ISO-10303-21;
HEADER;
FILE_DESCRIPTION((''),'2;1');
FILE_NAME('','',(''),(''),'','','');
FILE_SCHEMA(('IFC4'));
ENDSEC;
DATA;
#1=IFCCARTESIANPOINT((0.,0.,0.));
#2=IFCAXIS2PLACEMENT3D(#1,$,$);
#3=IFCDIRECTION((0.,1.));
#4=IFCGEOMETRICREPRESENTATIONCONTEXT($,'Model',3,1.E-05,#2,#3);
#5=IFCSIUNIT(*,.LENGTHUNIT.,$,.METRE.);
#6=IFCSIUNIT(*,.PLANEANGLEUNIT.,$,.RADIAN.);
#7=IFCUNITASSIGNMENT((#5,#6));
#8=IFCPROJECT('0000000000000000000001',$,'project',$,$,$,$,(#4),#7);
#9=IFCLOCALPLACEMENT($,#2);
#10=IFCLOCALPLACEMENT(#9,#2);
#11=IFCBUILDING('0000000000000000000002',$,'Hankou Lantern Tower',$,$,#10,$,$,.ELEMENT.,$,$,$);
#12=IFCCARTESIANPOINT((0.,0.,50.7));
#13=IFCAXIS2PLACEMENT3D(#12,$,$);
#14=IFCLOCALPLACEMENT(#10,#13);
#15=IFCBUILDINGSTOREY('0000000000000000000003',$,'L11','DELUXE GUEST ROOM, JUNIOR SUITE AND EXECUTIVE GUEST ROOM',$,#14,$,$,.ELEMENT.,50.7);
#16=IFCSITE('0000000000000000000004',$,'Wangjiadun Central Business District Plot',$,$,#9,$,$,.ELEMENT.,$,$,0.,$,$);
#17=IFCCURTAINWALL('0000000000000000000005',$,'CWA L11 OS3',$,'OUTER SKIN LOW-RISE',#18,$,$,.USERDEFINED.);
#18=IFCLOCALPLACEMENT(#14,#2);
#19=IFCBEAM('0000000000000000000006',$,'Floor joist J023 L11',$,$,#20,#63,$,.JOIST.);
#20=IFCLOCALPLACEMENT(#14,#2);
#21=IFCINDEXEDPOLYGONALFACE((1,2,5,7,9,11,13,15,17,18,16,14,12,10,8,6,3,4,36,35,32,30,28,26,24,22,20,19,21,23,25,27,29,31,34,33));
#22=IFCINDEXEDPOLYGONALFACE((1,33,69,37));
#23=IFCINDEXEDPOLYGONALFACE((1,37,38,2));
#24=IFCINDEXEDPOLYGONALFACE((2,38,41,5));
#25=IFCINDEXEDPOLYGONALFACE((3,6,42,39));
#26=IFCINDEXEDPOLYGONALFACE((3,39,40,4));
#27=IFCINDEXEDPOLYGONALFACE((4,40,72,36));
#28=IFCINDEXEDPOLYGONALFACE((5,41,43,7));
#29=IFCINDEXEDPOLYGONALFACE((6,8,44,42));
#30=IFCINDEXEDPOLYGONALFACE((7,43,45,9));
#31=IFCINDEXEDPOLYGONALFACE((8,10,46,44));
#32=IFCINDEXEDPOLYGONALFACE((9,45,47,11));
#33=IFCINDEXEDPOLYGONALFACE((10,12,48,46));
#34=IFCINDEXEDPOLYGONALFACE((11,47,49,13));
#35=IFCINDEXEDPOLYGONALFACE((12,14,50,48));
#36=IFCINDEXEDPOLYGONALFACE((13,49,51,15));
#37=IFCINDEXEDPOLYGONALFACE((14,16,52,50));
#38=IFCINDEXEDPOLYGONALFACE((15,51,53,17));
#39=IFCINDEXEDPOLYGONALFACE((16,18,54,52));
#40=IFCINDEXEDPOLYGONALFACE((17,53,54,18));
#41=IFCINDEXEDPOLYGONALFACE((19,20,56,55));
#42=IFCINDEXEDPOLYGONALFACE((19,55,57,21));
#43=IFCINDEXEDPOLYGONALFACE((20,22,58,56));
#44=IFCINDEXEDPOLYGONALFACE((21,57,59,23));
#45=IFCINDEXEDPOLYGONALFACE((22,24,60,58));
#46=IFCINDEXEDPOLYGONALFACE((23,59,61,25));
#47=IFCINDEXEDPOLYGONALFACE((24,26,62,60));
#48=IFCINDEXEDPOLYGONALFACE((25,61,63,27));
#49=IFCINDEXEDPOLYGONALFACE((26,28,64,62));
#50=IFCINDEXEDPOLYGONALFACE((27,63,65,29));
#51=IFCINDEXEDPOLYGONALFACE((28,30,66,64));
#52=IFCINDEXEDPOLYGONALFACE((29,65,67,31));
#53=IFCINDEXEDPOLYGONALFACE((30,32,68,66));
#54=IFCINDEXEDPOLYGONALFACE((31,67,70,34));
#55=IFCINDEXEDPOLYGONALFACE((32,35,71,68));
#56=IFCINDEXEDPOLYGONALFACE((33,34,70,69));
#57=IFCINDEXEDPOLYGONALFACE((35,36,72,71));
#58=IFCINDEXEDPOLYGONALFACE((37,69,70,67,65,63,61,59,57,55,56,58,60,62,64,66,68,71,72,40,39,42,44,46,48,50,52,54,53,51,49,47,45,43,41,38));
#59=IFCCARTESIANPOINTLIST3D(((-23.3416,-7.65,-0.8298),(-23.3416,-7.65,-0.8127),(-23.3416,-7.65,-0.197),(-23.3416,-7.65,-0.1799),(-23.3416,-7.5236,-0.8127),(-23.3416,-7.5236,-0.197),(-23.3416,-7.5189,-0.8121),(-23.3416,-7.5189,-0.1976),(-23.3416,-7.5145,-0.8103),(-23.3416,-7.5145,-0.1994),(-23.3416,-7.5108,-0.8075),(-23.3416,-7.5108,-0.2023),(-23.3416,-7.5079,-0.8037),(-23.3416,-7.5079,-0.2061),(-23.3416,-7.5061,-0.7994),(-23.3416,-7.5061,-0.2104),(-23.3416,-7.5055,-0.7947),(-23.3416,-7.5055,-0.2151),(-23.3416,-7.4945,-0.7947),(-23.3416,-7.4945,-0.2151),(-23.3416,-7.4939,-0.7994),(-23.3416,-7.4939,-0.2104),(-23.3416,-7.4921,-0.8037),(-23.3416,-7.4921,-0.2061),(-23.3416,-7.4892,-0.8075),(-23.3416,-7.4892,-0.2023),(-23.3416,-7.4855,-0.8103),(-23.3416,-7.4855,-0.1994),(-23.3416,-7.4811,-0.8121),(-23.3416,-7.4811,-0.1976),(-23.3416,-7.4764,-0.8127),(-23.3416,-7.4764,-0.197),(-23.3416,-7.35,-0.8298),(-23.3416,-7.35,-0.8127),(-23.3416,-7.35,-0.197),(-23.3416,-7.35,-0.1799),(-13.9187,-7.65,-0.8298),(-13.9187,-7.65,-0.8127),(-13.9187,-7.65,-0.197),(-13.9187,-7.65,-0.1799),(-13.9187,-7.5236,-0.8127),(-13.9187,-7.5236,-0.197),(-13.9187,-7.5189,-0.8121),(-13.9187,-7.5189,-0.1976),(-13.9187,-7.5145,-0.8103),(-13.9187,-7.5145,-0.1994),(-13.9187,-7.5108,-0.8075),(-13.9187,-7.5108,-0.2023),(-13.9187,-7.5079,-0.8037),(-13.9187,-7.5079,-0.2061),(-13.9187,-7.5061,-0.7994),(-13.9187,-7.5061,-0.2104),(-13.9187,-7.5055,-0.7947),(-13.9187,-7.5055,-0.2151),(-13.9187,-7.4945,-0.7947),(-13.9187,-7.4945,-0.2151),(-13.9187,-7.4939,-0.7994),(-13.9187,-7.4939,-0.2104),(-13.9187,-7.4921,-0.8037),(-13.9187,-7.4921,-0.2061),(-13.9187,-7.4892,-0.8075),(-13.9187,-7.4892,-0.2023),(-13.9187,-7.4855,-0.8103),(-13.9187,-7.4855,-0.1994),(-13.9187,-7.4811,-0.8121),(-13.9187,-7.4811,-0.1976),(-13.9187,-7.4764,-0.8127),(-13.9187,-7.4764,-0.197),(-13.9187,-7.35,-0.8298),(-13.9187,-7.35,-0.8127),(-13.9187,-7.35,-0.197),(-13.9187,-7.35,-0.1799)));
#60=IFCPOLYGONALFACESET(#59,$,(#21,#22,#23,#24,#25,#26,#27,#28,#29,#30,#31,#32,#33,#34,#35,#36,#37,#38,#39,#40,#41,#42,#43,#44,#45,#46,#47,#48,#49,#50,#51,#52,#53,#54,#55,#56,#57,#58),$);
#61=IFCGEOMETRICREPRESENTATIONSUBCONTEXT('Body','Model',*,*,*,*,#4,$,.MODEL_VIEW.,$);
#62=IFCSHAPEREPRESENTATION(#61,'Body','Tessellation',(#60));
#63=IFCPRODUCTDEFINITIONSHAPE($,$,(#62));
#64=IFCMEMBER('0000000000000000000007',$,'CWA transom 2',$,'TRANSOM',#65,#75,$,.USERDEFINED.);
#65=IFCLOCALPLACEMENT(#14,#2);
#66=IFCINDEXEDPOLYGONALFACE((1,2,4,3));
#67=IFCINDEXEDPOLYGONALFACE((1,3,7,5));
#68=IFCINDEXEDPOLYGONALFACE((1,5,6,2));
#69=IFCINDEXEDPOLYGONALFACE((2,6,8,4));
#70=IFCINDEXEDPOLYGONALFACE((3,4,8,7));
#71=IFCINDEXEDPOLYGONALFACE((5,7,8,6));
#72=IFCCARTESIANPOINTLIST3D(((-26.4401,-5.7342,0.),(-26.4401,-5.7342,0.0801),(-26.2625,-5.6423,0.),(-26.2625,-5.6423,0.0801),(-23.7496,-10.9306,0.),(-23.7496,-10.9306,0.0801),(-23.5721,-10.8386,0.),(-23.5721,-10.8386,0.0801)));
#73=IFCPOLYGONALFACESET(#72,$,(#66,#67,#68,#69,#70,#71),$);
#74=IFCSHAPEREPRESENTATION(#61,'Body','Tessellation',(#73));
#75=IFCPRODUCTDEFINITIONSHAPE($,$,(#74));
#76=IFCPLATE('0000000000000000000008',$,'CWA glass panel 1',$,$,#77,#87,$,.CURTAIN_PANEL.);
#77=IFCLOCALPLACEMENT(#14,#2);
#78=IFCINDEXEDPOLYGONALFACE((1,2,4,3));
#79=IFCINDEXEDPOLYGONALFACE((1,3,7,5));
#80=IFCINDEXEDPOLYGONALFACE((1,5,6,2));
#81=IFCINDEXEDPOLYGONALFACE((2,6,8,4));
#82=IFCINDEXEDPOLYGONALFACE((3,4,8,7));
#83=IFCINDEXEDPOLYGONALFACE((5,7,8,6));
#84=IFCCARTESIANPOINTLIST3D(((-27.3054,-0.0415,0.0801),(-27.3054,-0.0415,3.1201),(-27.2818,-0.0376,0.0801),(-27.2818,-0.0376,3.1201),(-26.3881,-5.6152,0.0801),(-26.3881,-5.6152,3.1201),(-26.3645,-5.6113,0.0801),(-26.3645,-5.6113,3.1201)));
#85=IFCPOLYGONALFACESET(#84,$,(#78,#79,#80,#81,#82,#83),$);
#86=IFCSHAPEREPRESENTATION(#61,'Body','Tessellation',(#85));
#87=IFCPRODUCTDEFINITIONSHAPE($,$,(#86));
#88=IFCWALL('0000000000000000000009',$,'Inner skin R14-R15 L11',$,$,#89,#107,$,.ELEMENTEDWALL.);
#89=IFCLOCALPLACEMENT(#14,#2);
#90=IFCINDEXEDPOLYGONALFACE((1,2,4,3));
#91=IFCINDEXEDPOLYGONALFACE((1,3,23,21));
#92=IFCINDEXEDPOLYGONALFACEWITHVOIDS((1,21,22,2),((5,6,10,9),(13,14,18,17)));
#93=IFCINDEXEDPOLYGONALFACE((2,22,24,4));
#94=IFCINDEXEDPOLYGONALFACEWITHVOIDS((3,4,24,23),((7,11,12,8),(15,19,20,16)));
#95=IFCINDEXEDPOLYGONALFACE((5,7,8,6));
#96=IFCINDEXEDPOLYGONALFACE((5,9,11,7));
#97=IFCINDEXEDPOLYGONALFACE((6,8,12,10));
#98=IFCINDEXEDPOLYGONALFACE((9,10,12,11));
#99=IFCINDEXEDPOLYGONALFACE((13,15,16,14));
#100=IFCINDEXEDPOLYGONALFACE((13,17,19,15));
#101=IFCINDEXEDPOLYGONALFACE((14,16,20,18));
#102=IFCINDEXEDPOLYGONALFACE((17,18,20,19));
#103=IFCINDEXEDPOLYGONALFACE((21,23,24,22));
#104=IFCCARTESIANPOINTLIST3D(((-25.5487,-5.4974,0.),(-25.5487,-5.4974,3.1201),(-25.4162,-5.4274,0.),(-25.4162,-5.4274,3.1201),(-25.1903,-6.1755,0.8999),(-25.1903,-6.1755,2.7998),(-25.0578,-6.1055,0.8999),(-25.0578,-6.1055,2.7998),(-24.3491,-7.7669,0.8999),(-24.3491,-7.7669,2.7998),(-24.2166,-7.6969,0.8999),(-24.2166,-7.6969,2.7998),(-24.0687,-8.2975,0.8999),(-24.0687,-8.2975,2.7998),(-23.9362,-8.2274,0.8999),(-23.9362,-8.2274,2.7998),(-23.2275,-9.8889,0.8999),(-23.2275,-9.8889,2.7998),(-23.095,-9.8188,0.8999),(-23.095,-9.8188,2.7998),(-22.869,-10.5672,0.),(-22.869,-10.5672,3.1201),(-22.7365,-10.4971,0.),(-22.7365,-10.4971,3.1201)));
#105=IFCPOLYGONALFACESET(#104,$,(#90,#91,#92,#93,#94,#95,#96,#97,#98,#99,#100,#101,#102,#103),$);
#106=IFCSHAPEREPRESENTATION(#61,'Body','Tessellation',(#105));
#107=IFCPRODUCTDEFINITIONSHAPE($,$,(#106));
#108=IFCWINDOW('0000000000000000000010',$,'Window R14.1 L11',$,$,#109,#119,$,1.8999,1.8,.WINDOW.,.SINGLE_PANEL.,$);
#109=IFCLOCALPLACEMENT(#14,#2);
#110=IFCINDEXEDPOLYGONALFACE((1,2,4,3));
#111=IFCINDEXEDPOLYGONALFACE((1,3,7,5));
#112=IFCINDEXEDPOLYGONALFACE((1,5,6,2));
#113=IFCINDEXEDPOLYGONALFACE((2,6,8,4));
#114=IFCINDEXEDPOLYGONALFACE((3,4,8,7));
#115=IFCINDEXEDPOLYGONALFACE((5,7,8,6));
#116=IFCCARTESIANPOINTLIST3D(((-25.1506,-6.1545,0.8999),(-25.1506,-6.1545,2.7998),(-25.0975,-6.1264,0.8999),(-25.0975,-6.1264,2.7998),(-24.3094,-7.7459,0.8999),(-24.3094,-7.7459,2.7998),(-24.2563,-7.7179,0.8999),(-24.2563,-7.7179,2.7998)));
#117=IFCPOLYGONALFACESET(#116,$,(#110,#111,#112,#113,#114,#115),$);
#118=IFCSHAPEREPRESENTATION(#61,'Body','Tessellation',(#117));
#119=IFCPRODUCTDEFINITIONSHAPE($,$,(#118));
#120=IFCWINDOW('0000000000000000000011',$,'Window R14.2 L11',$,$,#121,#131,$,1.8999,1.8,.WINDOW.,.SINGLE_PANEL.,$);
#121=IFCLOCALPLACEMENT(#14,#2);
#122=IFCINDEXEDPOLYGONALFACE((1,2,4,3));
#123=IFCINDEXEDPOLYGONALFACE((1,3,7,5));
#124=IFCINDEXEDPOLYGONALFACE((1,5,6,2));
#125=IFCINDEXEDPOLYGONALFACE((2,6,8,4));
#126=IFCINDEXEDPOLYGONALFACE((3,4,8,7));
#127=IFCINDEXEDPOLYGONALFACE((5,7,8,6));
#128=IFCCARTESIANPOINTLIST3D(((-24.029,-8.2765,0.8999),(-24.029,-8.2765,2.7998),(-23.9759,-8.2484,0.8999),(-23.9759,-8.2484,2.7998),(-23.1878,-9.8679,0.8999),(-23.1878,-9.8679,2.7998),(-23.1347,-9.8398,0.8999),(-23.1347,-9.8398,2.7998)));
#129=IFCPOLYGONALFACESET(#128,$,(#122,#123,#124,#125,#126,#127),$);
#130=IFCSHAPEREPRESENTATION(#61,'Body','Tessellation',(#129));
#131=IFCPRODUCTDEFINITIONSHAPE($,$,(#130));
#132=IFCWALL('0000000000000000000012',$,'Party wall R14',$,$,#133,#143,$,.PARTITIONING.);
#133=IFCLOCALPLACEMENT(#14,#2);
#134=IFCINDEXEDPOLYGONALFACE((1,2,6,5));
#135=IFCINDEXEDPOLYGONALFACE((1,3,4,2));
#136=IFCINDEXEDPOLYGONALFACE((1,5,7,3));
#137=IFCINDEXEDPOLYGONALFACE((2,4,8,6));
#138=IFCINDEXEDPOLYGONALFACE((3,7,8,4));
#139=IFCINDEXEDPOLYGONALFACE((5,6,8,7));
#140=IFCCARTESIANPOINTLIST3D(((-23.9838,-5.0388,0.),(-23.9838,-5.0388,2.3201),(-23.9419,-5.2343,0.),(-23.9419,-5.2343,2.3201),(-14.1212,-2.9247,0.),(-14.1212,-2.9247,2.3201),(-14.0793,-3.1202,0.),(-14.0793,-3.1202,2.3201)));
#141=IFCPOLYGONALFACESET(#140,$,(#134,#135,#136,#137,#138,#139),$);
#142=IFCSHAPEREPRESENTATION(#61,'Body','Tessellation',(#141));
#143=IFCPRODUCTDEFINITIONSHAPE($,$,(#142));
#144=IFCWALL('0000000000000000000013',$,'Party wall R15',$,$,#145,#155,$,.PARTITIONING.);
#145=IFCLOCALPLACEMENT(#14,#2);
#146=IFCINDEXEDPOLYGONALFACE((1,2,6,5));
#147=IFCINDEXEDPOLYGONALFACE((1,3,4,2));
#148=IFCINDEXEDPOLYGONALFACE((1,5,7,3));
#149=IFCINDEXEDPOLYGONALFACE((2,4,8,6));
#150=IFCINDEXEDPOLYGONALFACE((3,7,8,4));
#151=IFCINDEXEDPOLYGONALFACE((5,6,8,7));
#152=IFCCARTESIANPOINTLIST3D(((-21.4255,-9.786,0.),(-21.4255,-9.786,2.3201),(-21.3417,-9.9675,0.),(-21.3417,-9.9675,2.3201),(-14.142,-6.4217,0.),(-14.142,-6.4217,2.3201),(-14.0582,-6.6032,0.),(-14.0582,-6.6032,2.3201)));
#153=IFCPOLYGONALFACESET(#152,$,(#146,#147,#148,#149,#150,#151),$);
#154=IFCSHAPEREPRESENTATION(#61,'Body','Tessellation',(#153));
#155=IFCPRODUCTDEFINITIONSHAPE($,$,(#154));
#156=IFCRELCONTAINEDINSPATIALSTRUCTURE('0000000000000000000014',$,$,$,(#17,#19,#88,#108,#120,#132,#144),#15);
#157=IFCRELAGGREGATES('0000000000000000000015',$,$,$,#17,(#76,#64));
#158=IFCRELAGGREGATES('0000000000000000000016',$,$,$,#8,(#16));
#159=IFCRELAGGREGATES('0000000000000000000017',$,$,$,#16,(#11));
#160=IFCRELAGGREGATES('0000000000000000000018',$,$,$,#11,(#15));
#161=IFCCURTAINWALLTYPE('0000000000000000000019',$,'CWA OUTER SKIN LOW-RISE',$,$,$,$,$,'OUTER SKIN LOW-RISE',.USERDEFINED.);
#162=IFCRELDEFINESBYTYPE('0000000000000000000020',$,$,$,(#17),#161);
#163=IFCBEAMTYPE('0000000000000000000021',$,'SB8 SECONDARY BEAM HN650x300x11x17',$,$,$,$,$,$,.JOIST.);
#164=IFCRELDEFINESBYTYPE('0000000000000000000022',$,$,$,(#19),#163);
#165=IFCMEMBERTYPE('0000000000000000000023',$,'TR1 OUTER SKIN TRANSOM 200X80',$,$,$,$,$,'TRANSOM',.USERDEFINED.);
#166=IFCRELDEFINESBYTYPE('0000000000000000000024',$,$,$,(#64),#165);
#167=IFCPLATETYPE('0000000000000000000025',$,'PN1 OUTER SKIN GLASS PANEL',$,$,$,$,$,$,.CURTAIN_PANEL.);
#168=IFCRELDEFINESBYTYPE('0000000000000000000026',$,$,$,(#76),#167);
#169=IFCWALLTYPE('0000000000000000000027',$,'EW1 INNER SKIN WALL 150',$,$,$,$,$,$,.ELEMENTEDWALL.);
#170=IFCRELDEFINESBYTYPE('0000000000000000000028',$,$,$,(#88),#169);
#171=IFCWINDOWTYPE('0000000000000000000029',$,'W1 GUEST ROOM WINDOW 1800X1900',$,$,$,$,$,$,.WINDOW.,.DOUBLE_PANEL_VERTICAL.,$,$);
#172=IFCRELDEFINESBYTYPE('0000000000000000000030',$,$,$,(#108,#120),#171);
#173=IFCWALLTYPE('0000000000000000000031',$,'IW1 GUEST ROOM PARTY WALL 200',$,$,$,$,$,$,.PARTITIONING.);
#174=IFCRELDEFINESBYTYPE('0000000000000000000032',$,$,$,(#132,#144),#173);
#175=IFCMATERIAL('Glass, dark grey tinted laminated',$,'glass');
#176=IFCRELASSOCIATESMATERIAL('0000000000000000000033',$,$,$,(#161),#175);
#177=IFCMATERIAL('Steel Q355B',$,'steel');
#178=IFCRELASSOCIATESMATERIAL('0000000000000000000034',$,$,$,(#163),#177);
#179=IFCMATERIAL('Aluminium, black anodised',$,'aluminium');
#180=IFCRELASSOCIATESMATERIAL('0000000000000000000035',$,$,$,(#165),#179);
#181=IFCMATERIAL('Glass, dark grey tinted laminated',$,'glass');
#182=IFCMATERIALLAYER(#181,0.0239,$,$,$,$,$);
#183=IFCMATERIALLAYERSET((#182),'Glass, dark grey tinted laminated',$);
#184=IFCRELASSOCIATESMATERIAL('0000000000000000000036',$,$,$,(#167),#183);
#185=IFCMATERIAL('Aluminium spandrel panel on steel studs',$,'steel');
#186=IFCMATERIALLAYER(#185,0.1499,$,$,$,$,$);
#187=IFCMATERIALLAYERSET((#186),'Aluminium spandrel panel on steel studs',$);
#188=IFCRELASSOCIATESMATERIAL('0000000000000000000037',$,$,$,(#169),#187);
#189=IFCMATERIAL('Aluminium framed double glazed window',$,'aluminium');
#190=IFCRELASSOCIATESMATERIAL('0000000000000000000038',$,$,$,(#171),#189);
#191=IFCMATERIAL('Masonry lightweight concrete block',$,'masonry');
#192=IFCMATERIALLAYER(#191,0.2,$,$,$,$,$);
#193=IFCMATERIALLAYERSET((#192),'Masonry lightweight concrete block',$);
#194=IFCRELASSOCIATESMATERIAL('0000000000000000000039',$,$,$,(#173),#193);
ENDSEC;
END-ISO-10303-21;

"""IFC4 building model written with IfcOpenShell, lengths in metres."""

from ifc_helpers import new_model, si_unit, direction, frame, frame_2d, origin, origin_2d, place, context, subcontext, project, spatial, rectangle, i_section, extrude, material, layer, layer_set, material_profile, profile_set, type_object, element, fill, aggregate, save


model = new_model("IFC4")

# Units and contexts
model_context = context("Model", 3, precision=1e-05, world=origin(), true_north=direction((0.0, 1.0)))
body_context = subcontext(model_context, "Body", "Model", "MODEL_VIEW")
ifc_project = project(units=[si_unit("LENGTHUNIT", "METRE"), si_unit("PLANEANGLEUNIT", "RADIAN")], contexts=[model_context])

# Site, building, storey
site_placement = place(None, origin())
site = spatial("IfcSite", under=ifc_project, at=site_placement, Name="Wangjiadun Central Business District Plot", CompositionType="ELEMENT", RefElevation=0.0)
building_placement = place(site_placement, origin())
building = spatial("IfcBuilding", under=site, at=building_placement, Name="Hankou Lantern Tower", CompositionType="ELEMENT")
storey_placement = place(building_placement, frame((0.0, 0.0, 50.7)))
storey = spatial("IfcBuildingStorey", under=building, at=storey_placement, Name="L11", Description="DELUXE GUEST ROOM, JUNIOR SUITE AND EXECUTIVE GUEST ROOM", CompositionType="ELEMENT", Elevation=50.7)

# Curtain wall
ifc_material_1 = material(Name="Glass, dark grey tinted laminated", Category="glass")
curtain_wall_type = type_object("IfcCurtainWallType", Name="CWA OUTER SKIN LOW-RISE", ElementType="OUTER SKIN LOW-RISE", PredefinedType="USERDEFINED", material=ifc_material_1)
curtain_wall_placement = place(storey_placement, origin())
curtain_wall = element("IfcCurtainWall", 1, at=curtain_wall_placement, inside=storey, type_object=curtain_wall_type, Name="CWA L11 OS3", ObjectType="OUTER SKIN LOW-RISE", PredefinedType="USERDEFINED")

# Beam
ifc_material_2 = material(Name="Steel Q355B", Category="steel")
ifc_material_profile_1 = material_profile(ifc_material_2, i_section(OverallWidth=0.3, OverallDepth=0.6499, WebThickness=0.011, FlangeThickness=0.0171, FilletRadius=0.0181, at=origin_2d()), Name="HN650x300x11x17")
ifc_profile_set_1 = profile_set([ifc_material_profile_1], Name="Steel Q355B")
beam_type_1 = type_object("IfcBeamType", Name="SB8 SECONDARY BEAM HN650x300x11x17", PredefinedType="JOIST", material=ifc_profile_set_1)
beam_1_placement = place(storey_placement, frame((-23.3416, -7.5, -0.5049), z_axis=(1.0, 0.0, 0.0), x_axis=(0.0, 1.0, 0.0)))
element("IfcBeam", 2, at=beam_1_placement, inside=storey, type_object=beam_type_1, Name="Floor joist J023 L11", PredefinedType="JOIST", context=body_context, shape_type="SweptSolid", body=[
    extrude(i_section(OverallWidth=0.3, OverallDepth=0.6499, WebThickness=0.011, FlangeThickness=0.0171, FilletRadius=0.0181, at=origin_2d()), origin(), (0.0, 0.0, 1.0), 9.4229),
])

# Member
ifc_material_3 = material(Name="Aluminium, black anodised", Category="aluminium")
ifc_material_profile_2 = material_profile(ifc_material_3, rectangle(XDim=0.2, YDim=0.0801, at=origin_2d()), Name="TR1 200X80")
ifc_profile_set_2 = profile_set([ifc_material_profile_2], Name="Aluminium, black anodised")
member_type_1 = type_object("IfcMemberType", Name="TR1 OUTER SKIN TRANSOM 200X80", ElementType="TRANSOM", PredefinedType="USERDEFINED", material=ifc_profile_set_2)
member_1_placement = place(storey_placement, frame((-26.3513, -5.6882, 0.04), z_axis=(0.459786, -0.88803, 0.0), x_axis=(0.88803, 0.459786, 0.0)))
member_1 = element("IfcMember", 3, at=member_1_placement, type_object=member_type_1, Name="CWA transom 2", ObjectType="TRANSOM", PredefinedType="USERDEFINED", context=body_context, shape_type="SweptSolid", body=[
    extrude(rectangle(XDim=0.2, YDim=0.0801, at=origin_2d()), origin(), (0.0, 0.0, 1.0), 5.8516),
])

# Plate
ifc_material_4 = material(Name="Glass, dark grey tinted laminated", Category="glass")
ifc_layer_1 = layer(ifc_material_4, 0.0239)
ifc_layer_set_1 = layer_set([ifc_layer_1], Name="Glass, dark grey tinted laminated")
plate_type = type_object("IfcPlateType", Name="PN1 OUTER SKIN GLASS PANEL", PredefinedType="CURTAIN_PANEL", material=ifc_layer_set_1)
plate_placement = place(storey_placement, frame((-26.835, -2.8264, 0.0801), z_axis=(0.0, 0.0, 1.0), x_axis=(0.162382, -0.986728, 0.0)))
plate = element("IfcPlate", 4, at=plate_placement, type_object=plate_type, Name="CWA glass panel 1", PredefinedType="CURTAIN_PANEL", context=body_context, shape_type="SweptSolid", body=[
    extrude(rectangle(XDim=5.6487, YDim=0.0239, at=origin_2d()), origin(), (0.0, 0.0, 1.0), 3.04),
])
aggregate(curtain_wall, [plate, member_1])

# Wall, openings, windows
ifc_material_5 = material(Name="Aluminium spandrel panel on steel studs", Category="steel")
ifc_layer_2 = layer(ifc_material_5, 0.1499)
ifc_layer_set_2 = layer_set([ifc_layer_2], Name="Aluminium spandrel panel on steel studs")
wall_type_1 = type_object("IfcWallType", Name="EW1 INNER SKIN WALL 150", PredefinedType="ELEMENTEDWALL", material=ifc_layer_set_2)
wall_1_placement = place(storey_placement, frame((-25.4824, -5.4624, 0.0), z_axis=(0.0, 0.0, 1.0), x_axis=(0.467297, -0.8841, 0.0)))
wall_1 = element("IfcWall", 5, at=wall_1_placement, inside=storey, type_object=wall_type_1, Name="Inner skin R14-R15 L11", PredefinedType="ELEMENTEDWALL", context=body_context, shape_type="SweptSolid", body=[
    extrude(rectangle(XDim=5.7344, YDim=0.1499, at=frame_2d((2.8672, 0.0))), origin(), (0.0, 0.0, 1.0), 3.1201),
])
opening_1_placement = place(wall_1_placement, frame((0.7671, 0.0, 0.8999)))
opening_1 = element("IfcOpeningElement", 6, at=opening_1_placement, cuts=wall_1, PredefinedType="OPENING", context=body_context, shape_type="SweptSolid", body=[
    extrude(rectangle(XDim=1.8, YDim=1.8999, at=frame_2d((0.8999, 0.95))), frame((0.0, 0.085, 0.0), z_axis=(0.0, -1.0, 0.0), x_axis=(1.0, 0.0, 0.0)), (0.0, 0.0, 1.0), 0.1699),
])
opening_2_placement = place(wall_1_placement, frame((3.1672, 0.0, 0.8999)))
opening_2 = element("IfcOpeningElement", 7, at=opening_2_placement, cuts=wall_1, PredefinedType="OPENING", context=body_context, shape_type="SweptSolid", body=[
    extrude(rectangle(XDim=1.8, YDim=1.8999, at=frame_2d((0.8999, 0.95))), frame((0.0, 0.085, 0.0), z_axis=(0.0, -1.0, 0.0), x_axis=(1.0, 0.0, 0.0)), (0.0, 0.0, 1.0), 0.1699),
])
ifc_material_6 = material(Name="Aluminium framed double glazed window", Category="aluminium")
window_type = type_object("IfcWindowType", Name="W1 GUEST ROOM WINDOW 1800X1900", PartitioningType="DOUBLE_PANEL_VERTICAL", PredefinedType="WINDOW", material=ifc_material_6)
window_1_placement = place(opening_1_placement, origin())
window_1 = element("IfcWindow", 8, at=window_1_placement, inside=storey, type_object=window_type, Name="Window R14.1 L11", OverallHeight=1.8999, OverallWidth=1.8, PartitioningType="SINGLE_PANEL", PredefinedType="WINDOW", context=body_context, shape_type="SweptSolid", body=[
    extrude(rectangle(XDim=1.8, YDim=1.8999, at=frame_2d((0.8999, 0.95))), frame((0.0, 0.03, 0.0), z_axis=(0.0, -1.0, 0.0), x_axis=(1.0, 0.0, 0.0)), (0.0, 0.0, 1.0), 0.0601),
])
fill(opening_1, window_1)
window_2_placement = place(opening_2_placement, origin())
window_2 = element("IfcWindow", 9, at=window_2_placement, inside=storey, type_object=window_type, Name="Window R14.2 L11", OverallHeight=1.8999, OverallWidth=1.8, PartitioningType="SINGLE_PANEL", PredefinedType="WINDOW", context=body_context, shape_type="SweptSolid", body=[
    extrude(rectangle(XDim=1.8, YDim=1.8999, at=frame_2d((0.8999, 0.95))), frame((0.0, 0.03, 0.0), z_axis=(0.0, -1.0, 0.0), x_axis=(1.0, 0.0, 0.0)), (0.0, 0.0, 1.0), 0.0601),
])
fill(opening_2, window_2)

# Walls
ifc_material_7 = material(Name="Masonry lightweight concrete block", Category="masonry")
ifc_layer_3 = layer(ifc_material_7, 0.2)
ifc_layer_set_3 = layer_set([ifc_layer_3], Name="Masonry lightweight concrete block")
wall_type_2 = type_object("IfcWallType", Name="IW1 GUEST ROOM PARTY WALL 200", PredefinedType="PARTITIONING", material=ifc_layer_set_3)
wall_2_placement = place(storey_placement, frame((-14.1001, -3.0225, 0.0), z_axis=(0.0, 0.0, 1.0), x_axis=(-0.97779, -0.209587, 0.0)))
element("IfcWall", 10, at=wall_2_placement, inside=storey, type_object=wall_type_2, Name="Party wall R14", PredefinedType="PARTITIONING", context=body_context, shape_type="SweptSolid", body=[
    extrude(rectangle(XDim=10.0867, YDim=0.2, at=frame_2d((5.0435, 0.0))), origin(), (0.0, 0.0, 1.0), 2.3201),
])
wall_3_placement = place(storey_placement, frame((-14.1001, -6.5125, 0.0), z_axis=(0.0, 0.0, 1.0), x_axis=(-0.907833, -0.419332, 0.0)))
element("IfcWall", 11, at=wall_3_placement, inside=storey, type_object=wall_type_2, Name="Party wall R15", PredefinedType="PARTITIONING", context=body_context, shape_type="SweptSolid", body=[
    extrude(rectangle(XDim=8.0229, YDim=0.2, at=frame_2d((4.0115, 0.0))), origin(), (0.0, 0.0, 1.0), 2.3201),
])

save(model, "model.ifc")
